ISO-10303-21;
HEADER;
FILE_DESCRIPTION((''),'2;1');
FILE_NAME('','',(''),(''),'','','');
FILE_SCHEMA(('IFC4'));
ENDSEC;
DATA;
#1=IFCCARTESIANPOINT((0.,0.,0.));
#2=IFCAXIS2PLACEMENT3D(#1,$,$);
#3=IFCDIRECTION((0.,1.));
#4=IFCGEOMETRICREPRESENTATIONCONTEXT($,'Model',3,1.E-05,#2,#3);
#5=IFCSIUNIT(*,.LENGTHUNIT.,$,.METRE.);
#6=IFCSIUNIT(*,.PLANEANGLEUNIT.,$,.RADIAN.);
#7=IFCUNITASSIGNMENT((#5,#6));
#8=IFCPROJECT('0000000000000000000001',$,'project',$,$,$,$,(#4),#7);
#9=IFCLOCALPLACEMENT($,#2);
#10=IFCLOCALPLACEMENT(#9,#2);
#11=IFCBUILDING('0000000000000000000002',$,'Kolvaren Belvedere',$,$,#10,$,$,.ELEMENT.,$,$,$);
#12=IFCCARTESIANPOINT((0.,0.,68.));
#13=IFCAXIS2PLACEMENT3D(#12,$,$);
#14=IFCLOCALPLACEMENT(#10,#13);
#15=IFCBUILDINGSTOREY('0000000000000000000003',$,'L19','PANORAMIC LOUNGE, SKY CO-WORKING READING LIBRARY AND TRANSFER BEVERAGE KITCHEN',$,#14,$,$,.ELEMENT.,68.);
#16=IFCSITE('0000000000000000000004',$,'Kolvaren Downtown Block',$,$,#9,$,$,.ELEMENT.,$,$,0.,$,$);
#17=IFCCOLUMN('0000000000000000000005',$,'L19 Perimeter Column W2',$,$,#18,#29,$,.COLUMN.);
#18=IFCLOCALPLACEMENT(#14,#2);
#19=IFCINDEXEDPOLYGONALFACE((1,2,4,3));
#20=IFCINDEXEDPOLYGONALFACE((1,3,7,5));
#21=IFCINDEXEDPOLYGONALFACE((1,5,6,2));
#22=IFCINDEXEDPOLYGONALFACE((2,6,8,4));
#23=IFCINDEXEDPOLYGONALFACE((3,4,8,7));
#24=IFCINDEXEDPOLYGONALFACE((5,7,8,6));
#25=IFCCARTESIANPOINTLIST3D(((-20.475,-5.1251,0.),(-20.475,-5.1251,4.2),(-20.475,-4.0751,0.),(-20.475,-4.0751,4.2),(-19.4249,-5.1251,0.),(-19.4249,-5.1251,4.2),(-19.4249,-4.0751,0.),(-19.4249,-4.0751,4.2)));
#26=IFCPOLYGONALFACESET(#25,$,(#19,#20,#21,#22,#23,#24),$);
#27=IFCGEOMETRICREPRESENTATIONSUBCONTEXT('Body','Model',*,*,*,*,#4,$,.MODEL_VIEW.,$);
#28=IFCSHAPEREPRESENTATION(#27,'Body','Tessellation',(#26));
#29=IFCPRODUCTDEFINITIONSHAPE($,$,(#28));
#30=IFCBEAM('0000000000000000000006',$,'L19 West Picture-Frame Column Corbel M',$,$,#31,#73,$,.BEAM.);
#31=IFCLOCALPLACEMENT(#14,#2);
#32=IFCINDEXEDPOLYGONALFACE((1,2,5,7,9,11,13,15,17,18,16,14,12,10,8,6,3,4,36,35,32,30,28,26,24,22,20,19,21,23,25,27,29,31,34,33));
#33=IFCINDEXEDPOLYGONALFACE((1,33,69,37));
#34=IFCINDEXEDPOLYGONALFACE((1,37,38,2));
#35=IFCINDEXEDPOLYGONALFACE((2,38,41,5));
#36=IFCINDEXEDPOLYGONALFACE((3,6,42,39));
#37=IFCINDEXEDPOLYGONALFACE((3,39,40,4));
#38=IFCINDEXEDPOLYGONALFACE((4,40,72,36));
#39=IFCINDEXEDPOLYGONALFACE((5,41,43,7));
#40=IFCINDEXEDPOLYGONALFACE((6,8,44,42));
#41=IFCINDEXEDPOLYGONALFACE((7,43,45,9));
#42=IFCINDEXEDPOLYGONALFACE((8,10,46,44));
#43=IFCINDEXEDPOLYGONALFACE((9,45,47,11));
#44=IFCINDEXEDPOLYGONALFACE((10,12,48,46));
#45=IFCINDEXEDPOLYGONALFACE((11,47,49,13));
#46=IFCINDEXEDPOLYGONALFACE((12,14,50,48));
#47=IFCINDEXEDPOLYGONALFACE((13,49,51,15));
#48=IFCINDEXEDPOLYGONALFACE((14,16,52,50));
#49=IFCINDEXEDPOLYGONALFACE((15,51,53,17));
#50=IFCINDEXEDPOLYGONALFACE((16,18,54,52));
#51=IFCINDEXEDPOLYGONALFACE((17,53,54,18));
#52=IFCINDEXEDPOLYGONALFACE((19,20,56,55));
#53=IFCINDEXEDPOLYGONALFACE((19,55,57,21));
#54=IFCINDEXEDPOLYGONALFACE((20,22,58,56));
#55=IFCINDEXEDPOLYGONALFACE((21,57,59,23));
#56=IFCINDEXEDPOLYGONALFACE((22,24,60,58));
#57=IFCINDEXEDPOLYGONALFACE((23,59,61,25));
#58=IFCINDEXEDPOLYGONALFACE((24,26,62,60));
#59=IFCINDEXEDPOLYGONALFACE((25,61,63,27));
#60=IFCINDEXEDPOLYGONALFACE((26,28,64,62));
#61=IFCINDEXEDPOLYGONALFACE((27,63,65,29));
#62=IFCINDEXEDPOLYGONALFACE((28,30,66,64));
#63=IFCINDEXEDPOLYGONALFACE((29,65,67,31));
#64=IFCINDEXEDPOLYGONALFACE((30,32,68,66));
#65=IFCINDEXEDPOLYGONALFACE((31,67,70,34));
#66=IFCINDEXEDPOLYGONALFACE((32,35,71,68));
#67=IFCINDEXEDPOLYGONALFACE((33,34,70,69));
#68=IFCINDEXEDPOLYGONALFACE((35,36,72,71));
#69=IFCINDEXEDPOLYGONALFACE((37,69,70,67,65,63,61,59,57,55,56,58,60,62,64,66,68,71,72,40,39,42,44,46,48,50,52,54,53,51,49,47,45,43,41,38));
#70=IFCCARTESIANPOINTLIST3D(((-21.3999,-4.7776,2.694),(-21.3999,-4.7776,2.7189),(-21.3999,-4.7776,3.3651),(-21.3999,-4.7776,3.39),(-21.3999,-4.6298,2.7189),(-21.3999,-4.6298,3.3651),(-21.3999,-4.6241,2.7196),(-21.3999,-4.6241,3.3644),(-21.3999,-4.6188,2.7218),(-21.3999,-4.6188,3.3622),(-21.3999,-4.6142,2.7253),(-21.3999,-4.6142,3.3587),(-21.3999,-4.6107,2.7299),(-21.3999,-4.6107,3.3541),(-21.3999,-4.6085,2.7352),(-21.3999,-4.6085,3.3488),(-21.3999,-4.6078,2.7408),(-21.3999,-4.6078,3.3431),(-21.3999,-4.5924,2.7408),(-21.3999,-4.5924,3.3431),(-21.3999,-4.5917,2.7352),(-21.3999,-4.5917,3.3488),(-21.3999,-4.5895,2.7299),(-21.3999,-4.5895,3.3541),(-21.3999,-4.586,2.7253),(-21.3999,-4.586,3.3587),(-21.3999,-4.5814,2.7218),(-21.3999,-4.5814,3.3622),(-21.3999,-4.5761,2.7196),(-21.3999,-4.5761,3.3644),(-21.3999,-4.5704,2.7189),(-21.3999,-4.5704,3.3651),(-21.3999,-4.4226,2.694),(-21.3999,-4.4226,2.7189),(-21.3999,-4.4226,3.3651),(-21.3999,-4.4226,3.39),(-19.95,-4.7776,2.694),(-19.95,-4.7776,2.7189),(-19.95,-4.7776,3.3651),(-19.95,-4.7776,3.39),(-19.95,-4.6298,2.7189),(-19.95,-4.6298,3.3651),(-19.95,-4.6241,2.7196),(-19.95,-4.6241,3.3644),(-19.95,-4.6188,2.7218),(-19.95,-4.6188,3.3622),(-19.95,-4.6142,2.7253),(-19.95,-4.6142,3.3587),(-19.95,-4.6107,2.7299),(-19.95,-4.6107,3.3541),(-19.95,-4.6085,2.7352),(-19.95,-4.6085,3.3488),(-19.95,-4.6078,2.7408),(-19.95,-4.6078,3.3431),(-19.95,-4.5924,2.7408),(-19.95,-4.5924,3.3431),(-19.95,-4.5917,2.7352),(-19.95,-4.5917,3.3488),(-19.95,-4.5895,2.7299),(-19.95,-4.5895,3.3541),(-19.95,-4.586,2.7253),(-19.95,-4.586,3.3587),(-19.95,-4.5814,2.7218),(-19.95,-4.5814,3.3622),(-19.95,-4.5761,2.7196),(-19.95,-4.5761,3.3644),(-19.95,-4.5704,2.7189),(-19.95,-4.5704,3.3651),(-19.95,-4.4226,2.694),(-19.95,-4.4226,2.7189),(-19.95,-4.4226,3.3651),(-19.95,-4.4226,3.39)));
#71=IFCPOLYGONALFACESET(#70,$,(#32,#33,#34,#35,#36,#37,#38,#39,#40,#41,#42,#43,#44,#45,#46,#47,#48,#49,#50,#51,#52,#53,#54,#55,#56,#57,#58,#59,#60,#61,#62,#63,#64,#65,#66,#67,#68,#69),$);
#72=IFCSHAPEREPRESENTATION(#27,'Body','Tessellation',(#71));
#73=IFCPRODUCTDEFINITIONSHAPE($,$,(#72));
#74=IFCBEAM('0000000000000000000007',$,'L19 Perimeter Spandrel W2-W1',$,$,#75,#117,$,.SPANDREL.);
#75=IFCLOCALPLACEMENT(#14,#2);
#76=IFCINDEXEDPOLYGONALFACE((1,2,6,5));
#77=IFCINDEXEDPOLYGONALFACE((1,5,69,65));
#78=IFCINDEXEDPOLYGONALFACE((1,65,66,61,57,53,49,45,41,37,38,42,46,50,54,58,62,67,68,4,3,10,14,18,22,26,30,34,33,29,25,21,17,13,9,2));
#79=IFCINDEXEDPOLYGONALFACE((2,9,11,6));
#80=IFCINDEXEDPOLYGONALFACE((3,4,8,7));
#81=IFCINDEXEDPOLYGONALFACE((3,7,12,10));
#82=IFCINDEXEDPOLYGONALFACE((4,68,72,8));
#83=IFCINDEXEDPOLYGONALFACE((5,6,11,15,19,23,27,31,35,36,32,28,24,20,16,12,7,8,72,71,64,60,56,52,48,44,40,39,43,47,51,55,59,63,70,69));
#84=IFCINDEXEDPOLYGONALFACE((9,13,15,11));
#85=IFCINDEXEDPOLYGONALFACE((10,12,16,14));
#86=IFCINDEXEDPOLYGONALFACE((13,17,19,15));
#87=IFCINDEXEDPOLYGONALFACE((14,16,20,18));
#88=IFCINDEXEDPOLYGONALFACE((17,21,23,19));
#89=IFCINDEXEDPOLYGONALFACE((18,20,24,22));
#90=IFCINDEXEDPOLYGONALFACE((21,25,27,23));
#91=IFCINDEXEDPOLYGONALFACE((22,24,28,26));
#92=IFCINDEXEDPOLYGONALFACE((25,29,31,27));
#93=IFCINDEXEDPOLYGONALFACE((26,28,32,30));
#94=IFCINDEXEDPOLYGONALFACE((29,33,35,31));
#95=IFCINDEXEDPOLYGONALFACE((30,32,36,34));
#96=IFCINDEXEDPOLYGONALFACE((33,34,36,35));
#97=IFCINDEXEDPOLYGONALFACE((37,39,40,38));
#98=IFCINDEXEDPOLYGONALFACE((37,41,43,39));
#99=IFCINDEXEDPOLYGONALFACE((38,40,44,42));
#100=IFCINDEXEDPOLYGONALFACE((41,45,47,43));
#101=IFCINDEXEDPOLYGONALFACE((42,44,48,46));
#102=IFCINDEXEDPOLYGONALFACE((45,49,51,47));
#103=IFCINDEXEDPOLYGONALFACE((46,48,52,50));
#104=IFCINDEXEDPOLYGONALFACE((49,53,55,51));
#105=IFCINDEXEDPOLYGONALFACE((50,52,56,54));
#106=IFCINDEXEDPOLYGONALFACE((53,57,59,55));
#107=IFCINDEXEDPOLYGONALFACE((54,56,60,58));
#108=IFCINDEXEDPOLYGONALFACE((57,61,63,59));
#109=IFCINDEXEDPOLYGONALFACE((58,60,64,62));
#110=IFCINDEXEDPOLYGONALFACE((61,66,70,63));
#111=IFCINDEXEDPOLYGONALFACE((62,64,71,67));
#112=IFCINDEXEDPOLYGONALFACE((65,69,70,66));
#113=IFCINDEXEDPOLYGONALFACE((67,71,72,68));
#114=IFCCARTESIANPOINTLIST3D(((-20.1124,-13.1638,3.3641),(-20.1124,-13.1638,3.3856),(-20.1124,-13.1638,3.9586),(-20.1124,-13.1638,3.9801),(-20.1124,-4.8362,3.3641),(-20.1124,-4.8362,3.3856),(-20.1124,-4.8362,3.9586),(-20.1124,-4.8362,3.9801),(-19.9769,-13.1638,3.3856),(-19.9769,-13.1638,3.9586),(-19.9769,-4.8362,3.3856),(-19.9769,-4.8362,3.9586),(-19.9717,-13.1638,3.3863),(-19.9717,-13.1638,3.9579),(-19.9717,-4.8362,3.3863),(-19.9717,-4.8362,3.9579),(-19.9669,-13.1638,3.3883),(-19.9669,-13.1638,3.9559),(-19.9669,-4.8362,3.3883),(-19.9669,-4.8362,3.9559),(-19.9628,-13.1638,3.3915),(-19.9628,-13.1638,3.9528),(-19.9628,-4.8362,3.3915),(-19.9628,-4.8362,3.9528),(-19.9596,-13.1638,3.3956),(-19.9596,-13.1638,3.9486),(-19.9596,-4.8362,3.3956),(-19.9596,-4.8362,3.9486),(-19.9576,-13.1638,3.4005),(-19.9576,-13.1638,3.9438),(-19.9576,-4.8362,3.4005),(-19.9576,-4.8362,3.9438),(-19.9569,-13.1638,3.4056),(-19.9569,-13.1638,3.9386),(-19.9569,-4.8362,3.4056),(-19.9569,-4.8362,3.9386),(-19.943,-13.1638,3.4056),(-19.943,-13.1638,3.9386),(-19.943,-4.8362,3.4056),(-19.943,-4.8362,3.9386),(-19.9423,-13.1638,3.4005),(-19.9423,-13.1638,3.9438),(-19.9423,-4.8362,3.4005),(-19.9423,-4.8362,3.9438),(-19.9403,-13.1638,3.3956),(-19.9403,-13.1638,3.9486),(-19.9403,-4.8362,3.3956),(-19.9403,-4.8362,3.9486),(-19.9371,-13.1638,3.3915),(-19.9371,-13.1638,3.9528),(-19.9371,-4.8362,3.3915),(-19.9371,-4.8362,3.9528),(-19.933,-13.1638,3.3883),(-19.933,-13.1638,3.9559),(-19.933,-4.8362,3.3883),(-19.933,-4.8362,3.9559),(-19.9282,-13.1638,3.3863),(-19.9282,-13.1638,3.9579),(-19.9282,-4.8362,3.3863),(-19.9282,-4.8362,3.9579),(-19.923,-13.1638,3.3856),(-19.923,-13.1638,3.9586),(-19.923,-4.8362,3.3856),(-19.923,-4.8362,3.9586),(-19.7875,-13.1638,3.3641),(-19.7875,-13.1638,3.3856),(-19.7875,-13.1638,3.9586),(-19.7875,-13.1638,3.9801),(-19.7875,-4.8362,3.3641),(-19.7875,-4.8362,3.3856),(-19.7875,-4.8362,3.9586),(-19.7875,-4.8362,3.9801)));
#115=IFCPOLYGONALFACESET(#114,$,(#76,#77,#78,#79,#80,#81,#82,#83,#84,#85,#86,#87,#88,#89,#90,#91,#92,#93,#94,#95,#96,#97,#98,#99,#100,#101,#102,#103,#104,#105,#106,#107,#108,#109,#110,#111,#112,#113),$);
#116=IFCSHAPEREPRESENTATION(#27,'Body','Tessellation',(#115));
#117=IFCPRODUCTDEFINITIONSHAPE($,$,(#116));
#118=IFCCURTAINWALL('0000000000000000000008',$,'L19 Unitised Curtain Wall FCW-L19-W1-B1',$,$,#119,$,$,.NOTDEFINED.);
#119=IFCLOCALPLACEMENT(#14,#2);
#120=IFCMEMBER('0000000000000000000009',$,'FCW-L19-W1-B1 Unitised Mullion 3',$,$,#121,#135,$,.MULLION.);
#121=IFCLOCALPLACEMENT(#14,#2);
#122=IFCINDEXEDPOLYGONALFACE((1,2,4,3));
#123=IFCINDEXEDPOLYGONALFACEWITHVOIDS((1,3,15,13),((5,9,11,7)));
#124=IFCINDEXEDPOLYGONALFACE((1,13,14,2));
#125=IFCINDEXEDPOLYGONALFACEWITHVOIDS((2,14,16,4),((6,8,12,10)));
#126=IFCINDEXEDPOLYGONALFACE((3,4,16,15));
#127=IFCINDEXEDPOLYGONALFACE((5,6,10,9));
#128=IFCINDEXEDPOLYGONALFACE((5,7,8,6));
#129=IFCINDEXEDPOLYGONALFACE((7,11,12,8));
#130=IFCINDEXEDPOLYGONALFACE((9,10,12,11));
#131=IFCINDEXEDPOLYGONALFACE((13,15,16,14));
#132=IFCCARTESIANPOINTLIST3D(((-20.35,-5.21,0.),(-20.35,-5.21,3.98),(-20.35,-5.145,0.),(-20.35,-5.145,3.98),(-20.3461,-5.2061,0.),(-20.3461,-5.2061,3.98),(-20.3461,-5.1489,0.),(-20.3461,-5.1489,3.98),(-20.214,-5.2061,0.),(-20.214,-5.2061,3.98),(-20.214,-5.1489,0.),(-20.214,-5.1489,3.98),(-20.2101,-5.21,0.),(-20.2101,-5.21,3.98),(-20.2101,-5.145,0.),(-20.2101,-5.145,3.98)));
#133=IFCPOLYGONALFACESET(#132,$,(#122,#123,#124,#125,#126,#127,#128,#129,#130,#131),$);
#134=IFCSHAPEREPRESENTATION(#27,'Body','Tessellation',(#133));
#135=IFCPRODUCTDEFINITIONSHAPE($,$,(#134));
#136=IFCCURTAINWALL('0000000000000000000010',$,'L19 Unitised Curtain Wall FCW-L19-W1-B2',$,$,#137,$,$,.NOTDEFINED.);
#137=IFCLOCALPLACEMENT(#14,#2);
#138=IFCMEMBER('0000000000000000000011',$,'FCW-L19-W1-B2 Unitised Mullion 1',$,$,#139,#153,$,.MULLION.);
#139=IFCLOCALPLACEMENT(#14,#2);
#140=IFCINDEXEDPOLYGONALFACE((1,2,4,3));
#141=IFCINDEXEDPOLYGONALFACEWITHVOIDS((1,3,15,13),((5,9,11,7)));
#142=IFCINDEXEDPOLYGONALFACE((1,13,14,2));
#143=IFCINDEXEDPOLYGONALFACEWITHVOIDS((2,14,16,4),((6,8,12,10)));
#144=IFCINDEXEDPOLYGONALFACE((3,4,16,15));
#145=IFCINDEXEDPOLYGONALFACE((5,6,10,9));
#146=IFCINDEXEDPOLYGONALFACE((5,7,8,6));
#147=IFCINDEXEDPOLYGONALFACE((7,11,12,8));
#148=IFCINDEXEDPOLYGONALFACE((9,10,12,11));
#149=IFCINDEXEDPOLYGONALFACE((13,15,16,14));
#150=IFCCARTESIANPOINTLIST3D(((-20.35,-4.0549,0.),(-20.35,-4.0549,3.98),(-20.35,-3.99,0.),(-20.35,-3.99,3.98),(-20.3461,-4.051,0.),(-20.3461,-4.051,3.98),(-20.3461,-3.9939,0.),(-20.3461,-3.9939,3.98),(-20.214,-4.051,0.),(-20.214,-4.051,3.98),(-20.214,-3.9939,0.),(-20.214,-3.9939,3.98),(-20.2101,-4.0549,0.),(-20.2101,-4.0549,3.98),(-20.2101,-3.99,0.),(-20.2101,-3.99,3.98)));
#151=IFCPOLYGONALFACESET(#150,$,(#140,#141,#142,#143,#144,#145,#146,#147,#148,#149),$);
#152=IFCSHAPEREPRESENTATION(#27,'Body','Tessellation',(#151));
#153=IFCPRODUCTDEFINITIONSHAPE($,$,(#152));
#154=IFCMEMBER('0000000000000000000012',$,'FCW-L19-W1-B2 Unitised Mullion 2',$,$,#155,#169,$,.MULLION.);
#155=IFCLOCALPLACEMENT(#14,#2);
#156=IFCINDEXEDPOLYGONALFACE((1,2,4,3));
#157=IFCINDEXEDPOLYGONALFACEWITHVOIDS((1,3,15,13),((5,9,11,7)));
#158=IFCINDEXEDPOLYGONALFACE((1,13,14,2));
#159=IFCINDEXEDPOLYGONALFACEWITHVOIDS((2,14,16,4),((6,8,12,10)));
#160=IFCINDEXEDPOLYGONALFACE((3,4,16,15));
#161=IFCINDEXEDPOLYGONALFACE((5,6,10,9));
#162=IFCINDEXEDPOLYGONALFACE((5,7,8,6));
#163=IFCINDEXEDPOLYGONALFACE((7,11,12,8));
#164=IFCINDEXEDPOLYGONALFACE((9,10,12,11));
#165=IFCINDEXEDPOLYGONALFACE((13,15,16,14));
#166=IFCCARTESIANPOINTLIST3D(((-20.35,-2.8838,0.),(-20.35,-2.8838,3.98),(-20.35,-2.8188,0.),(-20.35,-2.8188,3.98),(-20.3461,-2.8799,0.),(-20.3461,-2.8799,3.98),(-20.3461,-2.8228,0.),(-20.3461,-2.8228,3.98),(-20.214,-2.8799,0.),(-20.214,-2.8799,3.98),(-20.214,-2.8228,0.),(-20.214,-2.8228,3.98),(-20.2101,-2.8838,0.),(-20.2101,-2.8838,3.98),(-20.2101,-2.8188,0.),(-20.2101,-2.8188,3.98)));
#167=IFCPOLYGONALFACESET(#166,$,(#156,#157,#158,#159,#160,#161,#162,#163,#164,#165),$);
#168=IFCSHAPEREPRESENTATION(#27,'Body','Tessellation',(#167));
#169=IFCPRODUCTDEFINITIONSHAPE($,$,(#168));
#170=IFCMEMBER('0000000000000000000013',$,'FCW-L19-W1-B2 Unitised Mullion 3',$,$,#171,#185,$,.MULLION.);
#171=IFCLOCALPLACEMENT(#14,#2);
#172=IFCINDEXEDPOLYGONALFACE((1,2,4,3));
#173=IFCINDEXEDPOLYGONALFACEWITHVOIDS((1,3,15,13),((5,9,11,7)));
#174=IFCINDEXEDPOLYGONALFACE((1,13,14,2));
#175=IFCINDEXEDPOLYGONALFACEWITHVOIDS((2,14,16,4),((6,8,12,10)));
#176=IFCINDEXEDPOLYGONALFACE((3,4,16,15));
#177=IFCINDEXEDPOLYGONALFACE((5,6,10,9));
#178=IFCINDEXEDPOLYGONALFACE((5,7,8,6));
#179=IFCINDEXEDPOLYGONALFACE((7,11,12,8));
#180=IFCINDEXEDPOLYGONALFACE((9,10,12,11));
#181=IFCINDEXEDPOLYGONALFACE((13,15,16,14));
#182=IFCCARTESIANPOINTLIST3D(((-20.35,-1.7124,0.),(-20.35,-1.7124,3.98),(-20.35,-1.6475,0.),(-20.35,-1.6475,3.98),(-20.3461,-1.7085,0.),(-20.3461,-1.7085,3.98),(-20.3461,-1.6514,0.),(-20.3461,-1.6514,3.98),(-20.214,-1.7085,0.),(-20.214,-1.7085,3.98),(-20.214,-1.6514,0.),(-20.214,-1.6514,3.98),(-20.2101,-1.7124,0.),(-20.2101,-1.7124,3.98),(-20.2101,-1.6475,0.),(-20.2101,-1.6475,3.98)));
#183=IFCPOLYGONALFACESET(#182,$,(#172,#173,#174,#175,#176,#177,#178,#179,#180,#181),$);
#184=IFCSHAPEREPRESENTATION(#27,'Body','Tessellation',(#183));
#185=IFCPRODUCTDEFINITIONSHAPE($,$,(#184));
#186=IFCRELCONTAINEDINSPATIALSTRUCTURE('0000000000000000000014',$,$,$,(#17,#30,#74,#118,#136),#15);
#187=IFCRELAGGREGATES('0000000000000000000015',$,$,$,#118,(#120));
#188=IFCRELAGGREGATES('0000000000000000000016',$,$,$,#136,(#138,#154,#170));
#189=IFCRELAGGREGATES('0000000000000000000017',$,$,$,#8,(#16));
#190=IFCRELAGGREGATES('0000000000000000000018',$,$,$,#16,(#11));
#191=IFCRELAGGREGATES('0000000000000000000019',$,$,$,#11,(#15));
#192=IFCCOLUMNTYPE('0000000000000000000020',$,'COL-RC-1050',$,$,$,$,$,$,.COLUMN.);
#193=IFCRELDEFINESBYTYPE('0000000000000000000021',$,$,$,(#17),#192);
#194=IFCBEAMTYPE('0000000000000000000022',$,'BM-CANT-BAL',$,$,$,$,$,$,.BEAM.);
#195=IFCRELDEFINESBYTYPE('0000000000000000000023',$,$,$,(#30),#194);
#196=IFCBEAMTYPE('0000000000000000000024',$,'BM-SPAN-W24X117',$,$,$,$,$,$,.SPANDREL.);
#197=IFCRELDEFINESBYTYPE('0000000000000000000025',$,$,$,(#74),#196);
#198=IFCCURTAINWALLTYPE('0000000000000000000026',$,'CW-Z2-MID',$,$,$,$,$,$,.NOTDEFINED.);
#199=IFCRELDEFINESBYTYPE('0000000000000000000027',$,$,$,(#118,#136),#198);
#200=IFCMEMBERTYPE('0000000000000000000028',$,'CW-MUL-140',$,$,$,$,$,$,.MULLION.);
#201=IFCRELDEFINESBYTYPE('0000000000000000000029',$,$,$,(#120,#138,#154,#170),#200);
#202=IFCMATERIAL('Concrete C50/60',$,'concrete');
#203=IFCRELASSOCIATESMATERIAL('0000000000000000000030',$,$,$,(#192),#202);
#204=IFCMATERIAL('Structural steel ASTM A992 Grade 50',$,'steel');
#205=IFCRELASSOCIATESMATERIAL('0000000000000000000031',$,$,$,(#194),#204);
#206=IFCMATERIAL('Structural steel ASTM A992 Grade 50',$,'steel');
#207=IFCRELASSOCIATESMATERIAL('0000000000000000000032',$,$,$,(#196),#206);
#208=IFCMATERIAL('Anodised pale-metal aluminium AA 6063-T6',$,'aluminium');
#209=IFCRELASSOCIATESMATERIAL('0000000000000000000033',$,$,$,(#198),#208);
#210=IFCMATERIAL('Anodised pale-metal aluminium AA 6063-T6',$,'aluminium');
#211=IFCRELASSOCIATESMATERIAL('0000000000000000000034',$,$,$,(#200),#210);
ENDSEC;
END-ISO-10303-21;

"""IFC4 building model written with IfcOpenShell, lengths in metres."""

from ifc_helpers import new_model, si_unit, direction, frame, origin, origin_2d, place, context, subcontext, project, spatial, rectangle, hollow_rectangle, i_section, extrude, material, material_profile, profile_set, type_object, element, aggregate, save


model = new_model("IFC4")

# Units and contexts
model_context = context("Model", 3, precision=1e-05, world=origin(), true_north=direction((0.0, 1.0)))
body_context = subcontext(model_context, "Body", "Model", "MODEL_VIEW")
ifc_project = project(units=[si_unit("LENGTHUNIT", "METRE"), si_unit("PLANEANGLEUNIT", "RADIAN")], contexts=[model_context])

# Site, building, storey
site_placement = place(None, origin())
site = spatial("IfcSite", under=ifc_project, at=site_placement, Name="Kolvaren Downtown Block", CompositionType="ELEMENT", RefElevation=0.0)
building_placement = place(site_placement, origin())
building = spatial("IfcBuilding", under=site, at=building_placement, Name="Kolvaren Belvedere", CompositionType="ELEMENT")
storey_placement = place(building_placement, frame((0.0, 0.0, 68.0)))
storey = spatial("IfcBuildingStorey", under=building, at=storey_placement, Name="L19", Description="PANORAMIC LOUNGE, SKY CO-WORKING READING LIBRARY AND TRANSFER BEVERAGE KITCHEN", CompositionType="ELEMENT", Elevation=68.0)

# Column
ifc_material_1 = material(Name="Concrete C50/60", Category="concrete")
ifc_material_profile_1 = material_profile(ifc_material_1, rectangle(XDim=1.05, YDim=1.05, at=origin_2d()), Name="RC 1050X1050")
ifc_profile_set_1 = profile_set([ifc_material_profile_1], Name="Concrete C50/60")
column_type = type_object("IfcColumnType", Name="COL-RC-1050", PredefinedType="COLUMN", material=ifc_profile_set_1)
column_placement = place(storey_placement, frame((-19.95, -4.6001, 0.0), z_axis=(0.0, 0.0, 1.0), x_axis=(1.0, 0.0, 0.0)))
element("IfcColumn", 1, at=column_placement, inside=storey, type_object=column_type, Name="L19 Perimeter Column W2", PredefinedType="COLUMN", context=body_context, shape_type="SweptSolid", body=[
    extrude(rectangle(XDim=1.05, YDim=1.05, at=origin_2d()), origin(), (0.0, 0.0, 1.0), 4.2),
])

# Beams
ifc_material_2 = material(Name="Structural steel ASTM A992 Grade 50", Category="steel")
ifc_material_profile_2 = material_profile(ifc_material_2, i_section(OverallWidth=0.355, OverallDepth=0.696, WebThickness=0.0154, FlangeThickness=0.0249, FilletRadius=0.022, at=origin_2d()), Name="W27X146")
ifc_profile_set_2 = profile_set([ifc_material_profile_2], Name="Structural steel ASTM A992 Grade 50")
beam_type_1 = type_object("IfcBeamType", Name="BM-CANT-BAL", PredefinedType="BEAM", material=ifc_profile_set_2)
beam_1_placement = place(storey_placement, frame((-19.95, -4.6001, 3.042), z_axis=(-1.0, 0.0, 0.0), x_axis=(0.0, -1.0, 0.0)))
element("IfcBeam", 2, at=beam_1_placement, inside=storey, type_object=beam_type_1, Name="L19 West Picture-Frame Column Corbel M", PredefinedType="BEAM", context=body_context, shape_type="SweptSolid", body=[
    extrude(i_section(OverallWidth=0.355, OverallDepth=0.696, WebThickness=0.0154, FlangeThickness=0.0249, FilletRadius=0.022, at=origin_2d()), origin(), (0.0, 0.0, 1.0), 1.45),
])
ifc_material_3 = material(Name="Structural steel ASTM A992 Grade 50", Category="steel")
ifc_material_profile_3 = material_profile(ifc_material_3, i_section(OverallWidth=0.325, OverallDepth=0.616, WebThickness=0.0139, FlangeThickness=0.0215, FilletRadius=0.02, at=origin_2d()), Name="W24X117")
ifc_profile_set_3 = profile_set([ifc_material_profile_3], Name="Structural steel ASTM A992 Grade 50")
beam_type_2 = type_object("IfcBeamType", Name="BM-SPAN-W24X117", PredefinedType="SPANDREL", material=ifc_profile_set_3)
beam_2_placement = place(storey_placement, frame((-19.95, -4.8362, 3.6721), z_axis=(0.0, -1.0, 0.0), x_axis=(1.0, 0.0, 0.0)))
element("IfcBeam", 3, at=beam_2_placement, inside=storey, type_object=beam_type_2, Name="L19 Perimeter Spandrel W2-W1", PredefinedType="SPANDREL", context=body_context, shape_type="SweptSolid", body=[
    extrude(i_section(OverallWidth=0.325, OverallDepth=0.616, WebThickness=0.0139, FlangeThickness=0.0215, FilletRadius=0.02, at=origin_2d()), origin(), (0.0, 0.0, 1.0), 8.3276),
])

# Curtain wall, member
ifc_material_4 = material(Name="Anodised pale-metal aluminium AA 6063-T6", Category="aluminium")
curtain_wall_type = type_object("IfcCurtainWallType", Name="CW-Z2-MID", PredefinedType="NOTDEFINED", material=ifc_material_4)
curtain_wall_1_placement = place(storey_placement, origin())
curtain_wall_1 = element("IfcCurtainWall", 4, at=curtain_wall_1_placement, inside=storey, type_object=curtain_wall_type, Name="L19 Unitised Curtain Wall FCW-L19-W1-B1", PredefinedType="NOTDEFINED")
ifc_material_5 = material(Name="Anodised pale-metal aluminium AA 6063-T6", Category="aluminium")
ifc_material_profile_4 = material_profile(ifc_material_5, hollow_rectangle(XDim=0.0649, YDim=0.1399, WallThickness=0.0039, at=origin_2d()), Name="ALU-MUL-140X65")
ifc_profile_set_4 = profile_set([ifc_material_profile_4], Name="Anodised pale-metal aluminium AA 6063-T6")
member_type_1 = type_object("IfcMemberType", Name="CW-MUL-140", PredefinedType="MULLION", material=ifc_profile_set_4)
member_1_placement = place(storey_placement, frame((-20.28, -5.1775, 0.0), z_axis=(0.0, 0.0, 1.0), x_axis=(0.0, 1.0, 0.0)))
member_1 = element("IfcMember", 5, at=member_1_placement, type_object=member_type_1, Name="FCW-L19-W1-B1 Unitised Mullion 3", PredefinedType="MULLION", context=body_context, shape_type="SweptSolid", body=[
    extrude(hollow_rectangle(XDim=0.0649, YDim=0.1399, WallThickness=0.0039, at=origin_2d()), origin(), (0.0, 0.0, 1.0), 3.98),
])

# Curtain wall, members
curtain_wall_2_placement = place(storey_placement, origin())
curtain_wall_2 = element("IfcCurtainWall", 6, at=curtain_wall_2_placement, inside=storey, type_object=curtain_wall_type, Name="L19 Unitised Curtain Wall FCW-L19-W1-B2", PredefinedType="NOTDEFINED")
member_2_placement = place(storey_placement, frame((-20.28, -4.0225, 0.0), z_axis=(0.0, 0.0, 1.0), x_axis=(0.0, 1.0, 0.0)))
member_2 = element("IfcMember", 7, at=member_2_placement, type_object=member_type_1, Name="FCW-L19-W1-B2 Unitised Mullion 1", PredefinedType="MULLION", context=body_context, shape_type="SweptSolid", body=[
    extrude(hollow_rectangle(XDim=0.0649, YDim=0.1399, WallThickness=0.0039, at=origin_2d()), origin(), (0.0, 0.0, 1.0), 3.98),
])
member_3_placement = place(storey_placement, frame((-20.28, -2.8513, 0.0), z_axis=(0.0, 0.0, 1.0), x_axis=(0.0, 1.0, 0.0)))
member_3 = element("IfcMember", 8, at=member_3_placement, type_object=member_type_1, Name="FCW-L19-W1-B2 Unitised Mullion 2", PredefinedType="MULLION", context=body_context, shape_type="SweptSolid", body=[
    extrude(hollow_rectangle(XDim=0.0649, YDim=0.1399, WallThickness=0.0039, at=origin_2d()), origin(), (0.0, 0.0, 1.0), 3.98),
])
member_4_placement = place(storey_placement, frame((-20.28, -1.6799, 0.0), z_axis=(0.0, 0.0, 1.0), x_axis=(0.0, 1.0, 0.0)))
member_4 = element("IfcMember", 9, at=member_4_placement, type_object=member_type_1, Name="FCW-L19-W1-B2 Unitised Mullion 3", PredefinedType="MULLION", context=body_context, shape_type="SweptSolid", body=[
    extrude(hollow_rectangle(XDim=0.0649, YDim=0.1399, WallThickness=0.0039, at=origin_2d()), origin(), (0.0, 0.0, 1.0), 3.98),
])

aggregate(curtain_wall_1, [member_1])
aggregate(curtain_wall_2, [member_2, member_3, member_4])

save(model, "model.ifc")
